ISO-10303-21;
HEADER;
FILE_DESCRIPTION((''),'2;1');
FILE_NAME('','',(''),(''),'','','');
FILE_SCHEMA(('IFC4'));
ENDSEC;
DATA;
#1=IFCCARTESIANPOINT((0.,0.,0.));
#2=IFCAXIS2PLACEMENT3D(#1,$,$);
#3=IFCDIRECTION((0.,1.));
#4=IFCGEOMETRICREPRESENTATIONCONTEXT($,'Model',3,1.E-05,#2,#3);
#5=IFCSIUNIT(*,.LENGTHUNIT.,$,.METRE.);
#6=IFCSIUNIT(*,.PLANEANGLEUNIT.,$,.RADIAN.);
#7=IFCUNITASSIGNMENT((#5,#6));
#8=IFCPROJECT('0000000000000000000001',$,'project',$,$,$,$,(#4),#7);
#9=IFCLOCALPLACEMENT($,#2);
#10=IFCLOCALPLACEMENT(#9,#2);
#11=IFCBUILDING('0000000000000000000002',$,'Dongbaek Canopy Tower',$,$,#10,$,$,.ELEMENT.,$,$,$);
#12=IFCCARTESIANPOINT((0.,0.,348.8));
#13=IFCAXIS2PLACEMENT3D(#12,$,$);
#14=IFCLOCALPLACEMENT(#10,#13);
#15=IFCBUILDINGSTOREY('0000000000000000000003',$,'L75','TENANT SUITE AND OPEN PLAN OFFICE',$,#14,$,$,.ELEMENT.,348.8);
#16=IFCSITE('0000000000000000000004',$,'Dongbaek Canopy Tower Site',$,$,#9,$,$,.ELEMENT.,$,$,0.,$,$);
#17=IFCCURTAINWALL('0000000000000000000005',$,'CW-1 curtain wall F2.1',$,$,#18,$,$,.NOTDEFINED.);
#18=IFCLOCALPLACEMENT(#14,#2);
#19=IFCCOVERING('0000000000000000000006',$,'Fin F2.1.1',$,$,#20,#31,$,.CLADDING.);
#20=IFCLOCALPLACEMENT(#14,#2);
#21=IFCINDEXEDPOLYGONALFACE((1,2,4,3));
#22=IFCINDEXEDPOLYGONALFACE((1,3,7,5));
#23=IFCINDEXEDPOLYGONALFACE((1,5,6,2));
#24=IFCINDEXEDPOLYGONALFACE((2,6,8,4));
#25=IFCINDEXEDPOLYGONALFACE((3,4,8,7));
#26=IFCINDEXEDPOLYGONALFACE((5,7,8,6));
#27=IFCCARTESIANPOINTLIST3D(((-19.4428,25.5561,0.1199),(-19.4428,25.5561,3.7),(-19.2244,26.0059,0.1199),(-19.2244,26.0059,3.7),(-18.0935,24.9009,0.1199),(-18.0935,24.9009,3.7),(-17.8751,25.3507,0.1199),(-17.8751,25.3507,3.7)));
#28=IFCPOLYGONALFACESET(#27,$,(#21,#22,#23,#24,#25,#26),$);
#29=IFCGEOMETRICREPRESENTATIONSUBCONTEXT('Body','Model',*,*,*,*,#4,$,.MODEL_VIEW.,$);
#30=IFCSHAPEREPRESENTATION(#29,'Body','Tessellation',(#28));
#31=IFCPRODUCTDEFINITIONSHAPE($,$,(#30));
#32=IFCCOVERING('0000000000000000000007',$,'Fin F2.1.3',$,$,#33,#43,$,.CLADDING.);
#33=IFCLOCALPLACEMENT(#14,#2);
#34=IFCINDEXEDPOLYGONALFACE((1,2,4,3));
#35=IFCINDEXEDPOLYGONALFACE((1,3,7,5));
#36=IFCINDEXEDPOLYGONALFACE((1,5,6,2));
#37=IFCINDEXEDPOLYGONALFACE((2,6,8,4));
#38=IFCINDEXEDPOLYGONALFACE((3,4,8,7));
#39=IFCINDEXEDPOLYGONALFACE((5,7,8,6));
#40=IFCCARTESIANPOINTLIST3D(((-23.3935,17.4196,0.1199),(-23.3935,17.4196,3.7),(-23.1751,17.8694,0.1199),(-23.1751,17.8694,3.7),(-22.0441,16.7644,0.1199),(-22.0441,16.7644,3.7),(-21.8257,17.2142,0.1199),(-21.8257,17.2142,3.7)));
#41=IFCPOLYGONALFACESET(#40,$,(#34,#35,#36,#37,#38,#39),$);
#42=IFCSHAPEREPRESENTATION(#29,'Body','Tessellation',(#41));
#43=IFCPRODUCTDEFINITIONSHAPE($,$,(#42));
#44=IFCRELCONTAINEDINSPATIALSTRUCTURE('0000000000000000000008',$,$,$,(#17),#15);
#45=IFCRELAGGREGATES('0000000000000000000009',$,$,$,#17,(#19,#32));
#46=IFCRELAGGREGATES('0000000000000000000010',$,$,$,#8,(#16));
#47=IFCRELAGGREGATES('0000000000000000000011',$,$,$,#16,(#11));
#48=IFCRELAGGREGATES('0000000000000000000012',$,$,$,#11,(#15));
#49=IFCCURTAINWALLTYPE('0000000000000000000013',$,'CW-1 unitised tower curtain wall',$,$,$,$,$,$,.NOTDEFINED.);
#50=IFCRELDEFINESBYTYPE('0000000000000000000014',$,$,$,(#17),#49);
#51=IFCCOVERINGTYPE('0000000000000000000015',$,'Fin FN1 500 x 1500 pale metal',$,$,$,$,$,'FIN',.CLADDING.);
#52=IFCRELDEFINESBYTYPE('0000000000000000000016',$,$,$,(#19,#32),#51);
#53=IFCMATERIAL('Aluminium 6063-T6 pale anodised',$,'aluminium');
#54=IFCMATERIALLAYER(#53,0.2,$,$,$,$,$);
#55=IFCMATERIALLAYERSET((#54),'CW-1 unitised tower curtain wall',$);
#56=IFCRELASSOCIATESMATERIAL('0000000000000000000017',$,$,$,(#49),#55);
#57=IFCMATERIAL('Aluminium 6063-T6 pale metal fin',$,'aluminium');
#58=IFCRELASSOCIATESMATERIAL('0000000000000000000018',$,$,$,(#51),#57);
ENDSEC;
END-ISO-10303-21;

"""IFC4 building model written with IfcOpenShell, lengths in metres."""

from ifc_helpers import new_model, si_unit, direction, frame, origin, origin_2d, place, context, subcontext, project, spatial, rectangle, extrude, material, layer, layer_set, material_profile, profile_set, type_object, element, aggregate, save


model = new_model("IFC4")

# Units and contexts
model_context = context("Model", 3, precision=1e-05, world=origin(), true_north=direction((0.0, 1.0)))
body_context = subcontext(model_context, "Body", "Model", "MODEL_VIEW")
ifc_project = project(units=[si_unit("LENGTHUNIT", "METRE"), si_unit("PLANEANGLEUNIT", "RADIAN")], contexts=[model_context])

# Site, building, storey
site_placement = place(None, origin())
site = spatial("IfcSite", under=ifc_project, at=site_placement, Name="Dongbaek Canopy Tower Site", CompositionType="ELEMENT", RefElevation=0.0)
building_placement = place(site_placement, origin())
building = spatial("IfcBuilding", under=site, at=building_placement, Name="Dongbaek Canopy Tower", CompositionType="ELEMENT")
storey_placement = place(building_placement, frame((0.0, 0.0, 348.8)))
storey = spatial("IfcBuildingStorey", under=building, at=storey_placement, Name="L75", Description="TENANT SUITE AND OPEN PLAN OFFICE", CompositionType="ELEMENT", Elevation=348.8)

# Curtain wall
ifc_material_1 = material(Name="Aluminium 6063-T6 pale anodised", Category="aluminium")
ifc_layer_1 = layer(ifc_material_1, 0.2)
ifc_layer_set_1 = layer_set([ifc_layer_1], Name="CW-1 unitised tower curtain wall")
curtain_wall_type = type_object("IfcCurtainWallType", Name="CW-1 unitised tower curtain wall", PredefinedType="NOTDEFINED", material=ifc_layer_set_1)
curtain_wall_1_placement = place(storey_placement, origin())
curtain_wall_1 = element("IfcCurtainWall", 1, at=curtain_wall_1_placement, inside=storey, type_object=curtain_wall_type, Name="CW-1 curtain wall F2.1", PredefinedType="NOTDEFINED")

# Coverings
ifc_material_2 = material(Name="Aluminium 6063-T6 pale metal fin", Category="aluminium")
ifc_material_profile_1 = material_profile(ifc_material_2, rectangle(XDim=1.5, YDim=0.5, at=origin_2d()), Name="Fin FN1 500 x 1500 pale metal")
ifc_profile_set_1 = profile_set([ifc_material_profile_1], Name="Aluminium 6063-T6 pale metal fin")
covering_type_1 = type_object("IfcCoveringType", Name="Fin FN1 500 x 1500 pale metal", ElementType="FIN", PredefinedType="CLADDING", material=ifc_profile_set_1)
covering_1_placement = place(storey_placement, frame((-18.6589, 25.4534, 0.1199), z_axis=(0.0, 0.0, 1.0), x_axis=(-0.899563, 0.436791, 0.0)))
covering_1 = element("IfcCovering", 2, at=covering_1_placement, type_object=covering_type_1, Name="Fin F2.1.1", PredefinedType="CLADDING", context=body_context, shape_type="SweptSolid", body=[
    extrude(rectangle(XDim=1.5, YDim=0.5, at=origin_2d()), origin(), (0.0, 0.0, 1.0), 3.5801),
])
covering_2_placement = place(storey_placement, frame((-22.6096, 17.3169, 0.1199), z_axis=(0.0, 0.0, 1.0), x_axis=(-0.899563, 0.436791, 0.0)))
covering_2 = element("IfcCovering", 3, at=covering_2_placement, type_object=covering_type_1, Name="Fin F2.1.3", PredefinedType="CLADDING", context=body_context, shape_type="SweptSolid", body=[
    extrude(rectangle(XDim=1.5, YDim=0.5, at=origin_2d()), origin(), (0.0, 0.0, 1.0), 3.5801),
])
aggregate(curtain_wall_1, [covering_1, covering_2])

save(model, "model.ifc")
